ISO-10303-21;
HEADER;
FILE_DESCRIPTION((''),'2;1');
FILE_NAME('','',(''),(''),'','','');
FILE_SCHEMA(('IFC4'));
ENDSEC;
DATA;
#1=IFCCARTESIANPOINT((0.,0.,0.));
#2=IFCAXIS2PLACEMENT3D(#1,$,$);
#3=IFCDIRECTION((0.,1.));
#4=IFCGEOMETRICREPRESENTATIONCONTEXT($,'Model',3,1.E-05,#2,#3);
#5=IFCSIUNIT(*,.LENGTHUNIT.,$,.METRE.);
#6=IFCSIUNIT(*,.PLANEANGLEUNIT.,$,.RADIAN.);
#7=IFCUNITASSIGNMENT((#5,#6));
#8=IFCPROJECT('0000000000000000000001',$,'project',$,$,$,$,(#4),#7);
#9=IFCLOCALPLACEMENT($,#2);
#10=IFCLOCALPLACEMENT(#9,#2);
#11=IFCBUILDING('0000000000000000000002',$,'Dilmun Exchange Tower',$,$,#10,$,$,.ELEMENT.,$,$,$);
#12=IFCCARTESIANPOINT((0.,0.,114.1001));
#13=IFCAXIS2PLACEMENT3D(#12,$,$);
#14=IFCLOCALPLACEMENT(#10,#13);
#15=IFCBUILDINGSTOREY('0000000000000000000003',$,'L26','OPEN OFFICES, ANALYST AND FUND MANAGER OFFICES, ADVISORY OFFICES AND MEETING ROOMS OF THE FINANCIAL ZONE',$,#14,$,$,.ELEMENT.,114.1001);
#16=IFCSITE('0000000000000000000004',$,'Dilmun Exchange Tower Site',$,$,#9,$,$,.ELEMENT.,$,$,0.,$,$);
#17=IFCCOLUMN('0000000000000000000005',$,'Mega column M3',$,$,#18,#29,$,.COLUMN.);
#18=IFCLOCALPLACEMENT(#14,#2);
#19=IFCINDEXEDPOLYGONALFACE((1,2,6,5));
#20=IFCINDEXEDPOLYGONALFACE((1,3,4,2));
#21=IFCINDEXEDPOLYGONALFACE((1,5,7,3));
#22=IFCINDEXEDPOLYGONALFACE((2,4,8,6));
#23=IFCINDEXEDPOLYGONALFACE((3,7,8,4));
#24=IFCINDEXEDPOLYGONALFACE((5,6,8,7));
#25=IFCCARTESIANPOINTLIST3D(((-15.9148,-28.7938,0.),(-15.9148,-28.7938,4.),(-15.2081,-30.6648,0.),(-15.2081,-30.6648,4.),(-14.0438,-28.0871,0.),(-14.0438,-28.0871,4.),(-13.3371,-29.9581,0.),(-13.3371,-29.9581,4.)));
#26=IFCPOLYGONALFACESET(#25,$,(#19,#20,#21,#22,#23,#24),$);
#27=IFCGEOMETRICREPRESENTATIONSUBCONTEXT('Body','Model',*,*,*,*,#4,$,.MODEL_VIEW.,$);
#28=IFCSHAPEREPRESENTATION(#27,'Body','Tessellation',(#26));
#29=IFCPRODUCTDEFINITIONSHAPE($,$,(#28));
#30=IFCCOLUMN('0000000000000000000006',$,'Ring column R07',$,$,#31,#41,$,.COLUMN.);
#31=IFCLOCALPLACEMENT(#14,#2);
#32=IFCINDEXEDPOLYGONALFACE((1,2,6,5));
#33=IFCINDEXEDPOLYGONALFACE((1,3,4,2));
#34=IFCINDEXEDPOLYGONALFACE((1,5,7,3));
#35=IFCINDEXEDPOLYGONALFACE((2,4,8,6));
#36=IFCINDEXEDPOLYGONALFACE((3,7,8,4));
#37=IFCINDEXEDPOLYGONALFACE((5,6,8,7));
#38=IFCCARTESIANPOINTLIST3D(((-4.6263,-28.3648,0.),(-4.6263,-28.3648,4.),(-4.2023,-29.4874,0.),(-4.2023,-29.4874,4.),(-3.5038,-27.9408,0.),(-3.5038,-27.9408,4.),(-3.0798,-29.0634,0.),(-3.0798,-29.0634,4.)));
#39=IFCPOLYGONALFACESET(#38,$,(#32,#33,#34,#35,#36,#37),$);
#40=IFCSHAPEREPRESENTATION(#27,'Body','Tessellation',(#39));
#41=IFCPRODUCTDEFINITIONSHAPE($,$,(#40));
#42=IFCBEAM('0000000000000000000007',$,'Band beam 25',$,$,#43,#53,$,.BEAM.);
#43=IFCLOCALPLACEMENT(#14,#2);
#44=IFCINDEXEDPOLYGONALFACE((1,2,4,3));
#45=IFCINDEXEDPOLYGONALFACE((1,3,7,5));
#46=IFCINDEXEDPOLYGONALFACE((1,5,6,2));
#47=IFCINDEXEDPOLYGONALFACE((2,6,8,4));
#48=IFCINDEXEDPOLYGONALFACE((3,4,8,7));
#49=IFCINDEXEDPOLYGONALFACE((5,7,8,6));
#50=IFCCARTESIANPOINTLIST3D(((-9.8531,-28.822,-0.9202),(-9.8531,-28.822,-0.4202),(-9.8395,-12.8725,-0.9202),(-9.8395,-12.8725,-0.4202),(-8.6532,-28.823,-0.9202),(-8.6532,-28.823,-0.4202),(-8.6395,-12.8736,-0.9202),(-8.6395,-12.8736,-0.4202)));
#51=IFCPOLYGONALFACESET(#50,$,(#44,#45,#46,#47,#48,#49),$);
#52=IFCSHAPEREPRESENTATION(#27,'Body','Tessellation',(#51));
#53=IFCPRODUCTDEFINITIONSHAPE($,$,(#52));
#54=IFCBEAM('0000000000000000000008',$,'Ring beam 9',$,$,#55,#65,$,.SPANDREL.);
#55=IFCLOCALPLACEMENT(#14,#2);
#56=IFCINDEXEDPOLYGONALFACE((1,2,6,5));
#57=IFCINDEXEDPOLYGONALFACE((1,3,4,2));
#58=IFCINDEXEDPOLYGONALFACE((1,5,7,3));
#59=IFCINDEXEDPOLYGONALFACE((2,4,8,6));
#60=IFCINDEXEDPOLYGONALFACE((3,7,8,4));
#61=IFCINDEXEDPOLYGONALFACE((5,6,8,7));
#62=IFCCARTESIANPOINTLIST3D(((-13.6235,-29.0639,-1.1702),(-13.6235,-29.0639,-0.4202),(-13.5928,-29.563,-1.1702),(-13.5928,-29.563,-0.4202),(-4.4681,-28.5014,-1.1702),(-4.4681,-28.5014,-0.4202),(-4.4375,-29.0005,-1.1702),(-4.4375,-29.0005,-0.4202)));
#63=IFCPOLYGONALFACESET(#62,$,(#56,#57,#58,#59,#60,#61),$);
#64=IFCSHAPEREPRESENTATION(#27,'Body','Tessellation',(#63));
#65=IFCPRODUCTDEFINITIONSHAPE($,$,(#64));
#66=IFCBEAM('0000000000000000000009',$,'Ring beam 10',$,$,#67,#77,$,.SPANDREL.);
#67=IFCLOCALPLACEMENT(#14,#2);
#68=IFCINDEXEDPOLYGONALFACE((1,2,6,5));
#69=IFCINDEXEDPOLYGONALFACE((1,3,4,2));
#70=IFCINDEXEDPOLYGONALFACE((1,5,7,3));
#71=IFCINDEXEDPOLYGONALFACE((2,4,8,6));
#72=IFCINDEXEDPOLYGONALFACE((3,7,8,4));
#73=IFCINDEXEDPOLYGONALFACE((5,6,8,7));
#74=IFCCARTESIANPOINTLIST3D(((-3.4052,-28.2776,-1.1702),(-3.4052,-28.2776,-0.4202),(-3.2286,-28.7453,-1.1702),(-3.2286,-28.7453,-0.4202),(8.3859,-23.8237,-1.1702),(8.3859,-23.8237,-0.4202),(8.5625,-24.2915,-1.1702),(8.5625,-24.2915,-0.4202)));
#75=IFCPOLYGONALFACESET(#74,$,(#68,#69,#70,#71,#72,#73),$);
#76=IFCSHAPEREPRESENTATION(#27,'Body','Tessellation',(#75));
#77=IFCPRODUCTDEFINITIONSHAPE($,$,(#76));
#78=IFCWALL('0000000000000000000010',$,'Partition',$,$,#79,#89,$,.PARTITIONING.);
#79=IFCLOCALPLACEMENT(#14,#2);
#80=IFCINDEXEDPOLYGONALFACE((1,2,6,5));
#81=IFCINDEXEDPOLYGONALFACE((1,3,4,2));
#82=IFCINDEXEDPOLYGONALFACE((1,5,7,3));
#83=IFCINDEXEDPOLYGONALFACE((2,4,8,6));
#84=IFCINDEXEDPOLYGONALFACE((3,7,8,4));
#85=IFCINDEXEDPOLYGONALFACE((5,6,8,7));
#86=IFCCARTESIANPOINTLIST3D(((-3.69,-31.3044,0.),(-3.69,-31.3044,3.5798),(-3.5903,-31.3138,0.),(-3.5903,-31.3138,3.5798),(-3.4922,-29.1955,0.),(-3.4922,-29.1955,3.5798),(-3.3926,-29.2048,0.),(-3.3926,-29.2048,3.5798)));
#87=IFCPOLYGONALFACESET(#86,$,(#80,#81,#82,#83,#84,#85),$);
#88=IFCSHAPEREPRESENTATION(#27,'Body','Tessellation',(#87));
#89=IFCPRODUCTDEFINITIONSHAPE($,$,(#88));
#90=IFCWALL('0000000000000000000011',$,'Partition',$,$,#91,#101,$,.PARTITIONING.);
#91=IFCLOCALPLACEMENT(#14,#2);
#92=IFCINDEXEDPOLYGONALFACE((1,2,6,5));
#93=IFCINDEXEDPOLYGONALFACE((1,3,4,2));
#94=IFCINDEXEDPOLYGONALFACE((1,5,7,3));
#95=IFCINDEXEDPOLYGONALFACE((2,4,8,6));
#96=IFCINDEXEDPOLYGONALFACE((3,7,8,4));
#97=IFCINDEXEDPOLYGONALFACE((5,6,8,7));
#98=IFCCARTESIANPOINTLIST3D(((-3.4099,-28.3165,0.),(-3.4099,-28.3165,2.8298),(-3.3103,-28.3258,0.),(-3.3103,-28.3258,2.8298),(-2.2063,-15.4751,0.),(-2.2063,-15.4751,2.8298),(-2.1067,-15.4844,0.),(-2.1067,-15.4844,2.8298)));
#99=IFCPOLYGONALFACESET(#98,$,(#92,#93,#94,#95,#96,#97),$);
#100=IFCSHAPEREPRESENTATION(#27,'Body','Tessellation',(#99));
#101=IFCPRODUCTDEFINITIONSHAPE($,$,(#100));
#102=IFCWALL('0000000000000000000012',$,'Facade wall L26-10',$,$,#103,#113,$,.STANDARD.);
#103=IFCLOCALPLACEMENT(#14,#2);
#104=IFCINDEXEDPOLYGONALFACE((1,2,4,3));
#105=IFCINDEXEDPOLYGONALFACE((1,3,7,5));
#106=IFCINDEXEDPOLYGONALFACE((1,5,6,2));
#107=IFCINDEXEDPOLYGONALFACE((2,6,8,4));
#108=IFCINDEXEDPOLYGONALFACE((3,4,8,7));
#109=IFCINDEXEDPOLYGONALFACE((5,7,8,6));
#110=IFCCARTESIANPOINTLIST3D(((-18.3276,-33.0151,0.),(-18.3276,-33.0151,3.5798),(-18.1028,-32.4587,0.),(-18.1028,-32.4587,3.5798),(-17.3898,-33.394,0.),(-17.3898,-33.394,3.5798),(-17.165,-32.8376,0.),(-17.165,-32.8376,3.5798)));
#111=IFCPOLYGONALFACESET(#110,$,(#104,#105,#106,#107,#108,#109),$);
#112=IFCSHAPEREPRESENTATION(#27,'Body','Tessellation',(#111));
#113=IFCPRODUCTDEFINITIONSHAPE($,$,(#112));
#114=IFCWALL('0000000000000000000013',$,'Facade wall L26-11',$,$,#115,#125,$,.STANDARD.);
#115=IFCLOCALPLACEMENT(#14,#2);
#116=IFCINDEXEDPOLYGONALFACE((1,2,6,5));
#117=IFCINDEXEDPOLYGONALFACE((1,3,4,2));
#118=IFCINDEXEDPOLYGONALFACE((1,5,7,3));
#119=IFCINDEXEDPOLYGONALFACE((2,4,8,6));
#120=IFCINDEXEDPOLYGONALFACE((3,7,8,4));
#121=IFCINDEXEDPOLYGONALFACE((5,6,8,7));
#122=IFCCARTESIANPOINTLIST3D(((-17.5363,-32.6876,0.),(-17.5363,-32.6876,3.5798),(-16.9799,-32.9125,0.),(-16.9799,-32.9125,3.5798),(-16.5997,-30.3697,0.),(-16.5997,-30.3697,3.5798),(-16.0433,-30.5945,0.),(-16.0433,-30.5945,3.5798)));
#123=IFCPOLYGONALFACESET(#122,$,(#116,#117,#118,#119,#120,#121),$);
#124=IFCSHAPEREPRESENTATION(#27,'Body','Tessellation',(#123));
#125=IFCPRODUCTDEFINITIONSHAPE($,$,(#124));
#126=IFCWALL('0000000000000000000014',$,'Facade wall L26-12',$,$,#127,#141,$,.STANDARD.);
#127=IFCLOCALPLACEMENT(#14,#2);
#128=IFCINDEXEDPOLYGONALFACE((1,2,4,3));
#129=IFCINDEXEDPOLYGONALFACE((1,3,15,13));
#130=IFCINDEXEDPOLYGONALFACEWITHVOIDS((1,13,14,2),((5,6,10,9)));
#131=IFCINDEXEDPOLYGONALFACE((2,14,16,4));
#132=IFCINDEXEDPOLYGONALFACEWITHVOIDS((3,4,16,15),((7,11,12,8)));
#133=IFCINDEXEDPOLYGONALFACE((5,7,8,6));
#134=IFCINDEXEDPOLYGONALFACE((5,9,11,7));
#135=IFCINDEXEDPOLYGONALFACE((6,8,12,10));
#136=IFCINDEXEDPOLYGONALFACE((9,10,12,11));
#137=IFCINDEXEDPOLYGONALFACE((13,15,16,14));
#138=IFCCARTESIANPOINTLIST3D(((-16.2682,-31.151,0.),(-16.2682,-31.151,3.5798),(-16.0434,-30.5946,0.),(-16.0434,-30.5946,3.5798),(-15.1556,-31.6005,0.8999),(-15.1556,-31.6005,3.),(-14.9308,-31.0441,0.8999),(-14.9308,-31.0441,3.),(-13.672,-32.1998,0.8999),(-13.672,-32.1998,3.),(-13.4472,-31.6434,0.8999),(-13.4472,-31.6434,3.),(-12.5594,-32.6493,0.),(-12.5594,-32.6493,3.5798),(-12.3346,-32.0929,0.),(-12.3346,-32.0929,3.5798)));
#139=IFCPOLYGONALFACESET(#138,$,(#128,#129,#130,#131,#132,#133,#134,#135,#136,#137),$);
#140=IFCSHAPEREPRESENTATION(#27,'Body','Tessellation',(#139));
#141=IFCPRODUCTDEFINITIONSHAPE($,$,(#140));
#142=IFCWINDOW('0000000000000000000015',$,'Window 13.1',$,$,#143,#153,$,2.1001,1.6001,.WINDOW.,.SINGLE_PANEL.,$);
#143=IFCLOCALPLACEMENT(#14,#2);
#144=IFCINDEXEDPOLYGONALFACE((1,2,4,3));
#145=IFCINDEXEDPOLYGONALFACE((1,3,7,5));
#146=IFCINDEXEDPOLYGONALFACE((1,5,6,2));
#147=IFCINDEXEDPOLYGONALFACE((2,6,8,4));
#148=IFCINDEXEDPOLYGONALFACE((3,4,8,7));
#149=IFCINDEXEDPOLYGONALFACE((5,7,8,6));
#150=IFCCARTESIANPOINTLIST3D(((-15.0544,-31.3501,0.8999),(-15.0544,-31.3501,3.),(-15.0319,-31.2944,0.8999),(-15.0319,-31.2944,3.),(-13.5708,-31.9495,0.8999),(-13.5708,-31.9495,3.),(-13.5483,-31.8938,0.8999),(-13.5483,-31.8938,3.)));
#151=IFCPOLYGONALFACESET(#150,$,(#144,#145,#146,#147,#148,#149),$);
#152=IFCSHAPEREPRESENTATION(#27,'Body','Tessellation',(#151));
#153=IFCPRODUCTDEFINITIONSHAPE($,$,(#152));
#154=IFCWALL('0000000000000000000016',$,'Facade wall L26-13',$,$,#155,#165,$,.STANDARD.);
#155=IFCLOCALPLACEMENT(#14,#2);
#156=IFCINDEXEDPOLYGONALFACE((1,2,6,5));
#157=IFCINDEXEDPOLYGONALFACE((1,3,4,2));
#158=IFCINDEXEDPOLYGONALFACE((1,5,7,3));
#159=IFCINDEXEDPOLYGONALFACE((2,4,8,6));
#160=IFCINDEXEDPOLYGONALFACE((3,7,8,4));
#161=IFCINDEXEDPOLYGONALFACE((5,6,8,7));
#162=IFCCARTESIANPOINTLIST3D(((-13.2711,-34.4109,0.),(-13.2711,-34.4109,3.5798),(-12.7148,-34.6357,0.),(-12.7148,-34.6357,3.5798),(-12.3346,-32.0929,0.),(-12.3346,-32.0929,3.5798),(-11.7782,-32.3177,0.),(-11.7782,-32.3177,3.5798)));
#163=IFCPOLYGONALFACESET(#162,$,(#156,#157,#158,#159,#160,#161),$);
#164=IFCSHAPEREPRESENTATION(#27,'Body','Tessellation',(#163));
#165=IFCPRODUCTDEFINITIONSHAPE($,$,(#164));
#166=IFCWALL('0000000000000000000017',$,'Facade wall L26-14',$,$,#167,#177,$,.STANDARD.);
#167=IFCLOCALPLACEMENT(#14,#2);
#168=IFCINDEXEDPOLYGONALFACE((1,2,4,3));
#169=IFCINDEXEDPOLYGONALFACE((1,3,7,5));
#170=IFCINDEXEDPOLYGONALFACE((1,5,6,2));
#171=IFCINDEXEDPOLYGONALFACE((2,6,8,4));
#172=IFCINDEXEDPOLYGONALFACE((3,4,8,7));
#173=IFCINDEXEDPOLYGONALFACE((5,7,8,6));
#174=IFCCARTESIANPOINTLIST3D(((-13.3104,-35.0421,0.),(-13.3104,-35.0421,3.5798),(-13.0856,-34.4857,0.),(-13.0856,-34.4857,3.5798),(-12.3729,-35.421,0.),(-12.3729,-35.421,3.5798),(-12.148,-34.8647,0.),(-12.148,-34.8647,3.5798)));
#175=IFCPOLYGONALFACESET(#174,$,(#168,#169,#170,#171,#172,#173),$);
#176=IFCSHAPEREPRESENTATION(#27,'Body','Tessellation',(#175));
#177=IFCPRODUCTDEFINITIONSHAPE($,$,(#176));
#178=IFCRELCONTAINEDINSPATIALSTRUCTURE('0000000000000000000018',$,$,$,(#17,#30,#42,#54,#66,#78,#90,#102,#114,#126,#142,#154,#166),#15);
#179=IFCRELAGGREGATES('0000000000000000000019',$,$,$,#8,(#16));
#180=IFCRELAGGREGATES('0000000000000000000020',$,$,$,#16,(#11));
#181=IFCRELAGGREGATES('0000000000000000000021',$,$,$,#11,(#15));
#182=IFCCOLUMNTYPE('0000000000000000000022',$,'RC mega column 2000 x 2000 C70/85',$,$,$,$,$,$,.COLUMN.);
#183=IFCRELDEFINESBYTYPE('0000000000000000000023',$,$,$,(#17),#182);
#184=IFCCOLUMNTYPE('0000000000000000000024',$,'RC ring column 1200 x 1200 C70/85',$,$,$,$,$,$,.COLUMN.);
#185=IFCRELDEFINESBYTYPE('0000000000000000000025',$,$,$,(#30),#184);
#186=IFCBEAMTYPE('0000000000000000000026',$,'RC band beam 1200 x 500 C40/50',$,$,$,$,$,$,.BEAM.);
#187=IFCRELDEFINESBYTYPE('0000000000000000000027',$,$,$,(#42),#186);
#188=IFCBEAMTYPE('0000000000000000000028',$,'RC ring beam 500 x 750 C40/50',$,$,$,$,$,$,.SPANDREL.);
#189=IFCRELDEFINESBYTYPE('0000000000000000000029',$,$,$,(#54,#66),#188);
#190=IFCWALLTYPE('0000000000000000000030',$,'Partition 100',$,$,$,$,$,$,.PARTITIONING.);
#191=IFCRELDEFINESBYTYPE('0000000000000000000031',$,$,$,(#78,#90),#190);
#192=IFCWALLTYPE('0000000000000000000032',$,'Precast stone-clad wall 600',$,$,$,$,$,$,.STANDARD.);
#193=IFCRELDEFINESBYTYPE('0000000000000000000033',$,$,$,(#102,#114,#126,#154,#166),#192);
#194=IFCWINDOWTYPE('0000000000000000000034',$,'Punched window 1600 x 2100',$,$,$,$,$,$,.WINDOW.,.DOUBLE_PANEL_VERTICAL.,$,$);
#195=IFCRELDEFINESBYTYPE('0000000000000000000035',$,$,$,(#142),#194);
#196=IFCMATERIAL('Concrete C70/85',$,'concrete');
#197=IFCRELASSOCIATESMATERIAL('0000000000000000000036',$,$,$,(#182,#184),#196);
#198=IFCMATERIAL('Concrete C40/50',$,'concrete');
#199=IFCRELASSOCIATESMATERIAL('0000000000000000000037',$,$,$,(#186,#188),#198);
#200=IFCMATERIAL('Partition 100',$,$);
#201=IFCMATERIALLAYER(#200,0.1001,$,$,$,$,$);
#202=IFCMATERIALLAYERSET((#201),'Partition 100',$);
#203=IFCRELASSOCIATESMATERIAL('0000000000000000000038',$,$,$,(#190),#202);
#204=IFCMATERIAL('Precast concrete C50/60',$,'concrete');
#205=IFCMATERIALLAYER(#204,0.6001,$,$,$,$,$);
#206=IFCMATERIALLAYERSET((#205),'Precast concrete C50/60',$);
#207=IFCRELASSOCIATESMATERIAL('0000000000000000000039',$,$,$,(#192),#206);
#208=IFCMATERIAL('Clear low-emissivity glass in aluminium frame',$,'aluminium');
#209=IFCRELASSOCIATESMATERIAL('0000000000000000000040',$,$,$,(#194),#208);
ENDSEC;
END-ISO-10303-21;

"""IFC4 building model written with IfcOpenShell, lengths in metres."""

from ifc_helpers import new_model, si_unit, direction, frame, frame_2d, origin, origin_2d, place, context, subcontext, project, spatial, rectangle, extrude, material, layer, layer_set, material_profile, profile_set, type_object, element, fill, save


model = new_model("IFC4")

# Units and contexts
model_context = context("Model", 3, precision=1e-05, world=origin(), true_north=direction((0.0, 1.0)))
body_context = subcontext(model_context, "Body", "Model", "MODEL_VIEW")
ifc_project = project(units=[si_unit("LENGTHUNIT", "METRE"), si_unit("PLANEANGLEUNIT", "RADIAN")], contexts=[model_context])

# Site, building, storey
site_placement = place(None, origin())
site = spatial("IfcSite", under=ifc_project, at=site_placement, Name="Dilmun Exchange Tower Site", CompositionType="ELEMENT", RefElevation=0.0)
building_placement = place(site_placement, origin())
building = spatial("IfcBuilding", under=site, at=building_placement, Name="Dilmun Exchange Tower", CompositionType="ELEMENT")
storey_placement = place(building_placement, frame((0.0, 0.0, 114.1001)))
storey = spatial("IfcBuildingStorey", under=building, at=storey_placement, Name="L26", Description="OPEN OFFICES, ANALYST AND FUND MANAGER OFFICES, ADVISORY OFFICES AND MEETING ROOMS OF THE FINANCIAL ZONE", CompositionType="ELEMENT", Elevation=114.1001)

# Columns
ifc_material_1 = material(Name="Concrete C70/85", Category="concrete")
ifc_material_profile_1 = material_profile(ifc_material_1, rectangle(XDim=2.0, YDim=2.0, at=origin_2d()), Name="2000 x 2000")
ifc_profile_set_1 = profile_set([ifc_material_profile_1], Name="Concrete C70/85")
column_type_1 = type_object("IfcColumnType", Name="RC mega column 2000 x 2000 C70/85", PredefinedType="COLUMN", material=ifc_profile_set_1)
column_1_placement = place(storey_placement, frame((-14.626, -29.376, 0.0), z_axis=(0.0, 0.0, 1.0), x_axis=(0.935492, 0.353349, 0.0)))
element("IfcColumn", 1, at=column_1_placement, inside=storey, type_object=column_type_1, Name="Mega column M3", PredefinedType="COLUMN", context=body_context, shape_type="SweptSolid", body=[
    extrude(rectangle(XDim=2.0, YDim=2.0, at=origin_2d()), origin(), (0.0, 0.0, 1.0), 4.0),
])
ifc_material_profile_2 = material_profile(ifc_material_1, rectangle(XDim=1.2, YDim=1.2, at=origin_2d()), Name="1200 x 1200")
ifc_profile_set_2 = profile_set([ifc_material_profile_2], Name="Concrete C70/85")
column_type_2 = type_object("IfcColumnType", Name="RC ring column 1200 x 1200 C70/85", PredefinedType="COLUMN", material=ifc_profile_set_2)
column_2_placement = place(storey_placement, frame((-3.853, -28.7141, 0.0), z_axis=(0.0, 0.0, 1.0), x_axis=(0.935492, 0.353349, 0.0)))
element("IfcColumn", 2, at=column_2_placement, inside=storey, type_object=column_type_2, Name="Ring column R07", PredefinedType="COLUMN", context=body_context, shape_type="SweptSolid", body=[
    extrude(rectangle(XDim=1.2, YDim=1.2, at=origin_2d()), origin(), (0.0, 0.0, 1.0), 4.0),
])

# Beams
ifc_material_2 = material(Name="Concrete C40/50", Category="concrete")
ifc_material_profile_3 = material_profile(ifc_material_2, rectangle(XDim=1.2, YDim=0.5, at=origin_2d()), Name="1200 x 500")
ifc_profile_set_3 = profile_set([ifc_material_profile_3], Name="Concrete C40/50")
beam_type_1 = type_object("IfcBeamType", Name="RC band beam 1200 x 500 C40/50", PredefinedType="BEAM", material=ifc_profile_set_3)
beam_1_placement = place(storey_placement, frame((-9.2532, -28.8225, -0.6702), z_axis=(0.000857, 1.0, 0.0), x_axis=(-1.0, 0.000857, 0.0)))
element("IfcBeam", 3, at=beam_1_placement, inside=storey, type_object=beam_type_1, Name="Band beam 25", PredefinedType="BEAM", context=body_context, shape_type="SweptSolid", body=[
    extrude(rectangle(XDim=1.2, YDim=0.5, at=origin_2d()), origin(), (0.0, 0.0, 1.0), 15.9495),
])
ifc_material_profile_4 = material_profile(ifc_material_2, rectangle(XDim=0.5, YDim=0.75, at=origin_2d()), Name="500 x 750")
ifc_profile_set_4 = profile_set([ifc_material_profile_4], Name="Concrete C40/50")
beam_type_2 = type_object("IfcBeamType", Name="RC ring beam 500 x 750 C40/50", PredefinedType="SPANDREL", material=ifc_profile_set_4)
beam_2_placement = place(storey_placement, frame((-13.6082, -29.3135, -0.7952), z_axis=(0.998118, 0.061324, 0.0), x_axis=(-0.061324, 0.998118, 0.0)))
element("IfcBeam", 4, at=beam_2_placement, inside=storey, type_object=beam_type_2, Name="Ring beam 9", PredefinedType="SPANDREL", context=body_context, shape_type="SweptSolid", body=[
    extrude(rectangle(XDim=0.5, YDim=0.75, at=origin_2d()), origin(), (0.0, 0.0, 1.0), 9.1726),
])
beam_3_placement = place(storey_placement, frame((-3.3169, -28.5115, -0.7952), z_axis=(0.935486, 0.353364, 0.0), x_axis=(-0.353364, 0.935486, 0.0)))
element("IfcBeam", 5, at=beam_3_placement, inside=storey, type_object=beam_type_2, Name="Ring beam 10", PredefinedType="SPANDREL", context=body_context, shape_type="SweptSolid", body=[
    extrude(rectangle(XDim=0.5, YDim=0.75, at=origin_2d()), origin(), (0.0, 0.0, 1.0), 12.6042),
])

# Walls
ifc_material_3 = material(Name="Partition 100")
ifc_layer_1 = layer(ifc_material_3, 0.1001)
ifc_layer_set_1 = layer_set([ifc_layer_1], Name="Partition 100")
wall_type_1 = type_object("IfcWallType", Name="Partition 100", PredefinedType="PARTITIONING", material=ifc_layer_set_1)
wall_1_placement = place(storey_placement, frame((-3.6401, -31.3091, 0.0), z_axis=(0.0, 0.0, 1.0), x_axis=(0.093362, 0.995632, 0.0)))
element("IfcWall", 6, at=wall_1_placement, inside=storey, type_object=wall_type_1, Name="Partition", PredefinedType="PARTITIONING", context=body_context, shape_type="SweptSolid", body=[
    extrude(rectangle(XDim=2.1182, YDim=0.1001, at=frame_2d((1.0591, 0.0))), origin(), (0.0, 0.0, 1.0), 3.5798),
])
wall_2_placement = place(storey_placement, frame((-3.3601, -28.321, 0.0), z_axis=(0.0, 0.0, 1.0), x_axis=(0.093321, 0.995636, 0.0)))
element("IfcWall", 7, at=wall_2_placement, inside=storey, type_object=wall_type_1, Name="Partition", PredefinedType="PARTITIONING", context=body_context, shape_type="SweptSolid", body=[
    extrude(rectangle(XDim=12.8977, YDim=0.1001, at=frame_2d((6.4487, 0.0))), origin(), (0.0, 0.0, 1.0), 2.8298),
])
ifc_material_4 = material(Name="Precast concrete C50/60", Category="concrete")
ifc_layer_2 = layer(ifc_material_4, 0.6001)
ifc_layer_set_2 = layer_set([ifc_layer_2], Name="Precast concrete C50/60")
wall_type_2 = type_object("IfcWallType", Name="Precast stone-clad wall 600", PredefinedType="STANDARD", material=ifc_layer_set_2)
wall_3_placement = place(storey_placement, frame((-18.2153, -32.7368, 0.0), z_axis=(0.0, 0.0, 1.0), x_axis=(0.927173, -0.374635, 0.0)))
element("IfcWall", 8, at=wall_3_placement, inside=storey, type_object=wall_type_2, Name="Facade wall L26-10", PredefinedType="STANDARD", context=body_context, shape_type="SweptSolid", body=[
    extrude(rectangle(XDim=1.0115, YDim=0.6001, at=frame_2d((0.5059, 0.0))), origin(), (0.0, 0.0, 1.0), 3.5798),
])
wall_4_placement = place(storey_placement, frame((-17.2581, -32.8, 0.0), z_axis=(0.0, 0.0, 1.0), x_axis=(0.374621, 0.927178, 0.0)))
element("IfcWall", 9, at=wall_4_placement, inside=storey, type_object=wall_type_2, Name="Facade wall L26-11", PredefinedType="STANDARD", context=body_context, shape_type="SweptSolid", body=[
    extrude(rectangle(XDim=2.5, YDim=0.6001, at=frame_2d((1.25, 0.0))), origin(), (0.0, 0.0, 1.0), 3.5798),
])

# Wall, opening, window
wall_5_placement = place(storey_placement, frame((-16.1558, -30.8728, 0.0), z_axis=(0.0, 0.0, 1.0), x_axis=(0.927196, -0.374577, 0.0)))
wall_5 = element("IfcWall", 10, at=wall_5_placement, inside=storey, type_object=wall_type_2, Name="Facade wall L26-12", PredefinedType="STANDARD", context=body_context, shape_type="SweptSolid", body=[
    extrude(rectangle(XDim=4.0, YDim=0.6001, at=frame_2d((2.0, 0.0))), origin(), (0.0, 0.0, 1.0), 3.5798),
])
opening_1_placement = place(wall_5_placement, frame((1.2, 0.0, 0.8999)))
opening_1 = element("IfcOpeningElement", 11, at=opening_1_placement, cuts=wall_5, PredefinedType="OPENING", context=body_context, shape_type="SweptSolid", body=[
    extrude(rectangle(XDim=1.6001, YDim=2.1001, at=frame_2d((0.8, 1.05))), frame((0.0, 0.3101, 0.0), z_axis=(0.0, -1.0, 0.0), x_axis=(1.0, 0.0, 0.0)), (0.0, 0.0, 1.0), 0.6201),
])
ifc_material_5 = material(Name="Clear low-emissivity glass in aluminium frame", Category="aluminium")
window_type_1 = type_object("IfcWindowType", Name="Punched window 1600 x 2100", PartitioningType="DOUBLE_PANEL_VERTICAL", PredefinedType="WINDOW", material=ifc_material_5)
window_1_placement = place(opening_1_placement, origin())
window_1 = element("IfcWindow", 12, at=window_1_placement, inside=storey, type_object=window_type_1, Name="Window 13.1", OverallHeight=2.1001, OverallWidth=1.6001, PartitioningType="SINGLE_PANEL", PredefinedType="WINDOW", context=body_context, shape_type="SweptSolid", body=[
    extrude(rectangle(XDim=1.6001, YDim=2.1001, at=frame_2d((0.8, 1.05))), frame((0.0, 0.03, 0.0), z_axis=(0.0, -1.0, 0.0), x_axis=(1.0, 0.0, 0.0)), (0.0, 0.0, 1.0), 0.0601),
])
fill(opening_1, window_1)

# Walls
wall_6_placement = place(storey_placement, frame((-12.0564, -32.2053, 0.0), z_axis=(0.0, 0.0, 1.0), x_axis=(-0.374621, -0.927178, 0.0)))
element("IfcWall", 13, at=wall_6_placement, inside=storey, type_object=wall_type_2, Name="Facade wall L26-13", PredefinedType="STANDARD", context=body_context, shape_type="SweptSolid", body=[
    extrude(rectangle(XDim=2.5, YDim=0.6001, at=frame_2d((1.25, 0.0))), origin(), (0.0, 0.0, 1.0), 3.5798),
])
wall_7_placement = place(storey_placement, frame((-13.198, -34.7639, 0.0), z_axis=(0.0, 0.0, 1.0), x_axis=(0.927139, -0.374719, 0.0)))
element("IfcWall", 14, at=wall_7_placement, inside=storey, type_object=wall_type_2, Name="Facade wall L26-14", PredefinedType="STANDARD", context=body_context, shape_type="SweptSolid", body=[
    extrude(rectangle(XDim=1.0112, YDim=0.6001, at=frame_2d((0.5056, 0.0))), origin(), (0.0, 0.0, 1.0), 3.5798),
])

save(model, "model.ifc")
